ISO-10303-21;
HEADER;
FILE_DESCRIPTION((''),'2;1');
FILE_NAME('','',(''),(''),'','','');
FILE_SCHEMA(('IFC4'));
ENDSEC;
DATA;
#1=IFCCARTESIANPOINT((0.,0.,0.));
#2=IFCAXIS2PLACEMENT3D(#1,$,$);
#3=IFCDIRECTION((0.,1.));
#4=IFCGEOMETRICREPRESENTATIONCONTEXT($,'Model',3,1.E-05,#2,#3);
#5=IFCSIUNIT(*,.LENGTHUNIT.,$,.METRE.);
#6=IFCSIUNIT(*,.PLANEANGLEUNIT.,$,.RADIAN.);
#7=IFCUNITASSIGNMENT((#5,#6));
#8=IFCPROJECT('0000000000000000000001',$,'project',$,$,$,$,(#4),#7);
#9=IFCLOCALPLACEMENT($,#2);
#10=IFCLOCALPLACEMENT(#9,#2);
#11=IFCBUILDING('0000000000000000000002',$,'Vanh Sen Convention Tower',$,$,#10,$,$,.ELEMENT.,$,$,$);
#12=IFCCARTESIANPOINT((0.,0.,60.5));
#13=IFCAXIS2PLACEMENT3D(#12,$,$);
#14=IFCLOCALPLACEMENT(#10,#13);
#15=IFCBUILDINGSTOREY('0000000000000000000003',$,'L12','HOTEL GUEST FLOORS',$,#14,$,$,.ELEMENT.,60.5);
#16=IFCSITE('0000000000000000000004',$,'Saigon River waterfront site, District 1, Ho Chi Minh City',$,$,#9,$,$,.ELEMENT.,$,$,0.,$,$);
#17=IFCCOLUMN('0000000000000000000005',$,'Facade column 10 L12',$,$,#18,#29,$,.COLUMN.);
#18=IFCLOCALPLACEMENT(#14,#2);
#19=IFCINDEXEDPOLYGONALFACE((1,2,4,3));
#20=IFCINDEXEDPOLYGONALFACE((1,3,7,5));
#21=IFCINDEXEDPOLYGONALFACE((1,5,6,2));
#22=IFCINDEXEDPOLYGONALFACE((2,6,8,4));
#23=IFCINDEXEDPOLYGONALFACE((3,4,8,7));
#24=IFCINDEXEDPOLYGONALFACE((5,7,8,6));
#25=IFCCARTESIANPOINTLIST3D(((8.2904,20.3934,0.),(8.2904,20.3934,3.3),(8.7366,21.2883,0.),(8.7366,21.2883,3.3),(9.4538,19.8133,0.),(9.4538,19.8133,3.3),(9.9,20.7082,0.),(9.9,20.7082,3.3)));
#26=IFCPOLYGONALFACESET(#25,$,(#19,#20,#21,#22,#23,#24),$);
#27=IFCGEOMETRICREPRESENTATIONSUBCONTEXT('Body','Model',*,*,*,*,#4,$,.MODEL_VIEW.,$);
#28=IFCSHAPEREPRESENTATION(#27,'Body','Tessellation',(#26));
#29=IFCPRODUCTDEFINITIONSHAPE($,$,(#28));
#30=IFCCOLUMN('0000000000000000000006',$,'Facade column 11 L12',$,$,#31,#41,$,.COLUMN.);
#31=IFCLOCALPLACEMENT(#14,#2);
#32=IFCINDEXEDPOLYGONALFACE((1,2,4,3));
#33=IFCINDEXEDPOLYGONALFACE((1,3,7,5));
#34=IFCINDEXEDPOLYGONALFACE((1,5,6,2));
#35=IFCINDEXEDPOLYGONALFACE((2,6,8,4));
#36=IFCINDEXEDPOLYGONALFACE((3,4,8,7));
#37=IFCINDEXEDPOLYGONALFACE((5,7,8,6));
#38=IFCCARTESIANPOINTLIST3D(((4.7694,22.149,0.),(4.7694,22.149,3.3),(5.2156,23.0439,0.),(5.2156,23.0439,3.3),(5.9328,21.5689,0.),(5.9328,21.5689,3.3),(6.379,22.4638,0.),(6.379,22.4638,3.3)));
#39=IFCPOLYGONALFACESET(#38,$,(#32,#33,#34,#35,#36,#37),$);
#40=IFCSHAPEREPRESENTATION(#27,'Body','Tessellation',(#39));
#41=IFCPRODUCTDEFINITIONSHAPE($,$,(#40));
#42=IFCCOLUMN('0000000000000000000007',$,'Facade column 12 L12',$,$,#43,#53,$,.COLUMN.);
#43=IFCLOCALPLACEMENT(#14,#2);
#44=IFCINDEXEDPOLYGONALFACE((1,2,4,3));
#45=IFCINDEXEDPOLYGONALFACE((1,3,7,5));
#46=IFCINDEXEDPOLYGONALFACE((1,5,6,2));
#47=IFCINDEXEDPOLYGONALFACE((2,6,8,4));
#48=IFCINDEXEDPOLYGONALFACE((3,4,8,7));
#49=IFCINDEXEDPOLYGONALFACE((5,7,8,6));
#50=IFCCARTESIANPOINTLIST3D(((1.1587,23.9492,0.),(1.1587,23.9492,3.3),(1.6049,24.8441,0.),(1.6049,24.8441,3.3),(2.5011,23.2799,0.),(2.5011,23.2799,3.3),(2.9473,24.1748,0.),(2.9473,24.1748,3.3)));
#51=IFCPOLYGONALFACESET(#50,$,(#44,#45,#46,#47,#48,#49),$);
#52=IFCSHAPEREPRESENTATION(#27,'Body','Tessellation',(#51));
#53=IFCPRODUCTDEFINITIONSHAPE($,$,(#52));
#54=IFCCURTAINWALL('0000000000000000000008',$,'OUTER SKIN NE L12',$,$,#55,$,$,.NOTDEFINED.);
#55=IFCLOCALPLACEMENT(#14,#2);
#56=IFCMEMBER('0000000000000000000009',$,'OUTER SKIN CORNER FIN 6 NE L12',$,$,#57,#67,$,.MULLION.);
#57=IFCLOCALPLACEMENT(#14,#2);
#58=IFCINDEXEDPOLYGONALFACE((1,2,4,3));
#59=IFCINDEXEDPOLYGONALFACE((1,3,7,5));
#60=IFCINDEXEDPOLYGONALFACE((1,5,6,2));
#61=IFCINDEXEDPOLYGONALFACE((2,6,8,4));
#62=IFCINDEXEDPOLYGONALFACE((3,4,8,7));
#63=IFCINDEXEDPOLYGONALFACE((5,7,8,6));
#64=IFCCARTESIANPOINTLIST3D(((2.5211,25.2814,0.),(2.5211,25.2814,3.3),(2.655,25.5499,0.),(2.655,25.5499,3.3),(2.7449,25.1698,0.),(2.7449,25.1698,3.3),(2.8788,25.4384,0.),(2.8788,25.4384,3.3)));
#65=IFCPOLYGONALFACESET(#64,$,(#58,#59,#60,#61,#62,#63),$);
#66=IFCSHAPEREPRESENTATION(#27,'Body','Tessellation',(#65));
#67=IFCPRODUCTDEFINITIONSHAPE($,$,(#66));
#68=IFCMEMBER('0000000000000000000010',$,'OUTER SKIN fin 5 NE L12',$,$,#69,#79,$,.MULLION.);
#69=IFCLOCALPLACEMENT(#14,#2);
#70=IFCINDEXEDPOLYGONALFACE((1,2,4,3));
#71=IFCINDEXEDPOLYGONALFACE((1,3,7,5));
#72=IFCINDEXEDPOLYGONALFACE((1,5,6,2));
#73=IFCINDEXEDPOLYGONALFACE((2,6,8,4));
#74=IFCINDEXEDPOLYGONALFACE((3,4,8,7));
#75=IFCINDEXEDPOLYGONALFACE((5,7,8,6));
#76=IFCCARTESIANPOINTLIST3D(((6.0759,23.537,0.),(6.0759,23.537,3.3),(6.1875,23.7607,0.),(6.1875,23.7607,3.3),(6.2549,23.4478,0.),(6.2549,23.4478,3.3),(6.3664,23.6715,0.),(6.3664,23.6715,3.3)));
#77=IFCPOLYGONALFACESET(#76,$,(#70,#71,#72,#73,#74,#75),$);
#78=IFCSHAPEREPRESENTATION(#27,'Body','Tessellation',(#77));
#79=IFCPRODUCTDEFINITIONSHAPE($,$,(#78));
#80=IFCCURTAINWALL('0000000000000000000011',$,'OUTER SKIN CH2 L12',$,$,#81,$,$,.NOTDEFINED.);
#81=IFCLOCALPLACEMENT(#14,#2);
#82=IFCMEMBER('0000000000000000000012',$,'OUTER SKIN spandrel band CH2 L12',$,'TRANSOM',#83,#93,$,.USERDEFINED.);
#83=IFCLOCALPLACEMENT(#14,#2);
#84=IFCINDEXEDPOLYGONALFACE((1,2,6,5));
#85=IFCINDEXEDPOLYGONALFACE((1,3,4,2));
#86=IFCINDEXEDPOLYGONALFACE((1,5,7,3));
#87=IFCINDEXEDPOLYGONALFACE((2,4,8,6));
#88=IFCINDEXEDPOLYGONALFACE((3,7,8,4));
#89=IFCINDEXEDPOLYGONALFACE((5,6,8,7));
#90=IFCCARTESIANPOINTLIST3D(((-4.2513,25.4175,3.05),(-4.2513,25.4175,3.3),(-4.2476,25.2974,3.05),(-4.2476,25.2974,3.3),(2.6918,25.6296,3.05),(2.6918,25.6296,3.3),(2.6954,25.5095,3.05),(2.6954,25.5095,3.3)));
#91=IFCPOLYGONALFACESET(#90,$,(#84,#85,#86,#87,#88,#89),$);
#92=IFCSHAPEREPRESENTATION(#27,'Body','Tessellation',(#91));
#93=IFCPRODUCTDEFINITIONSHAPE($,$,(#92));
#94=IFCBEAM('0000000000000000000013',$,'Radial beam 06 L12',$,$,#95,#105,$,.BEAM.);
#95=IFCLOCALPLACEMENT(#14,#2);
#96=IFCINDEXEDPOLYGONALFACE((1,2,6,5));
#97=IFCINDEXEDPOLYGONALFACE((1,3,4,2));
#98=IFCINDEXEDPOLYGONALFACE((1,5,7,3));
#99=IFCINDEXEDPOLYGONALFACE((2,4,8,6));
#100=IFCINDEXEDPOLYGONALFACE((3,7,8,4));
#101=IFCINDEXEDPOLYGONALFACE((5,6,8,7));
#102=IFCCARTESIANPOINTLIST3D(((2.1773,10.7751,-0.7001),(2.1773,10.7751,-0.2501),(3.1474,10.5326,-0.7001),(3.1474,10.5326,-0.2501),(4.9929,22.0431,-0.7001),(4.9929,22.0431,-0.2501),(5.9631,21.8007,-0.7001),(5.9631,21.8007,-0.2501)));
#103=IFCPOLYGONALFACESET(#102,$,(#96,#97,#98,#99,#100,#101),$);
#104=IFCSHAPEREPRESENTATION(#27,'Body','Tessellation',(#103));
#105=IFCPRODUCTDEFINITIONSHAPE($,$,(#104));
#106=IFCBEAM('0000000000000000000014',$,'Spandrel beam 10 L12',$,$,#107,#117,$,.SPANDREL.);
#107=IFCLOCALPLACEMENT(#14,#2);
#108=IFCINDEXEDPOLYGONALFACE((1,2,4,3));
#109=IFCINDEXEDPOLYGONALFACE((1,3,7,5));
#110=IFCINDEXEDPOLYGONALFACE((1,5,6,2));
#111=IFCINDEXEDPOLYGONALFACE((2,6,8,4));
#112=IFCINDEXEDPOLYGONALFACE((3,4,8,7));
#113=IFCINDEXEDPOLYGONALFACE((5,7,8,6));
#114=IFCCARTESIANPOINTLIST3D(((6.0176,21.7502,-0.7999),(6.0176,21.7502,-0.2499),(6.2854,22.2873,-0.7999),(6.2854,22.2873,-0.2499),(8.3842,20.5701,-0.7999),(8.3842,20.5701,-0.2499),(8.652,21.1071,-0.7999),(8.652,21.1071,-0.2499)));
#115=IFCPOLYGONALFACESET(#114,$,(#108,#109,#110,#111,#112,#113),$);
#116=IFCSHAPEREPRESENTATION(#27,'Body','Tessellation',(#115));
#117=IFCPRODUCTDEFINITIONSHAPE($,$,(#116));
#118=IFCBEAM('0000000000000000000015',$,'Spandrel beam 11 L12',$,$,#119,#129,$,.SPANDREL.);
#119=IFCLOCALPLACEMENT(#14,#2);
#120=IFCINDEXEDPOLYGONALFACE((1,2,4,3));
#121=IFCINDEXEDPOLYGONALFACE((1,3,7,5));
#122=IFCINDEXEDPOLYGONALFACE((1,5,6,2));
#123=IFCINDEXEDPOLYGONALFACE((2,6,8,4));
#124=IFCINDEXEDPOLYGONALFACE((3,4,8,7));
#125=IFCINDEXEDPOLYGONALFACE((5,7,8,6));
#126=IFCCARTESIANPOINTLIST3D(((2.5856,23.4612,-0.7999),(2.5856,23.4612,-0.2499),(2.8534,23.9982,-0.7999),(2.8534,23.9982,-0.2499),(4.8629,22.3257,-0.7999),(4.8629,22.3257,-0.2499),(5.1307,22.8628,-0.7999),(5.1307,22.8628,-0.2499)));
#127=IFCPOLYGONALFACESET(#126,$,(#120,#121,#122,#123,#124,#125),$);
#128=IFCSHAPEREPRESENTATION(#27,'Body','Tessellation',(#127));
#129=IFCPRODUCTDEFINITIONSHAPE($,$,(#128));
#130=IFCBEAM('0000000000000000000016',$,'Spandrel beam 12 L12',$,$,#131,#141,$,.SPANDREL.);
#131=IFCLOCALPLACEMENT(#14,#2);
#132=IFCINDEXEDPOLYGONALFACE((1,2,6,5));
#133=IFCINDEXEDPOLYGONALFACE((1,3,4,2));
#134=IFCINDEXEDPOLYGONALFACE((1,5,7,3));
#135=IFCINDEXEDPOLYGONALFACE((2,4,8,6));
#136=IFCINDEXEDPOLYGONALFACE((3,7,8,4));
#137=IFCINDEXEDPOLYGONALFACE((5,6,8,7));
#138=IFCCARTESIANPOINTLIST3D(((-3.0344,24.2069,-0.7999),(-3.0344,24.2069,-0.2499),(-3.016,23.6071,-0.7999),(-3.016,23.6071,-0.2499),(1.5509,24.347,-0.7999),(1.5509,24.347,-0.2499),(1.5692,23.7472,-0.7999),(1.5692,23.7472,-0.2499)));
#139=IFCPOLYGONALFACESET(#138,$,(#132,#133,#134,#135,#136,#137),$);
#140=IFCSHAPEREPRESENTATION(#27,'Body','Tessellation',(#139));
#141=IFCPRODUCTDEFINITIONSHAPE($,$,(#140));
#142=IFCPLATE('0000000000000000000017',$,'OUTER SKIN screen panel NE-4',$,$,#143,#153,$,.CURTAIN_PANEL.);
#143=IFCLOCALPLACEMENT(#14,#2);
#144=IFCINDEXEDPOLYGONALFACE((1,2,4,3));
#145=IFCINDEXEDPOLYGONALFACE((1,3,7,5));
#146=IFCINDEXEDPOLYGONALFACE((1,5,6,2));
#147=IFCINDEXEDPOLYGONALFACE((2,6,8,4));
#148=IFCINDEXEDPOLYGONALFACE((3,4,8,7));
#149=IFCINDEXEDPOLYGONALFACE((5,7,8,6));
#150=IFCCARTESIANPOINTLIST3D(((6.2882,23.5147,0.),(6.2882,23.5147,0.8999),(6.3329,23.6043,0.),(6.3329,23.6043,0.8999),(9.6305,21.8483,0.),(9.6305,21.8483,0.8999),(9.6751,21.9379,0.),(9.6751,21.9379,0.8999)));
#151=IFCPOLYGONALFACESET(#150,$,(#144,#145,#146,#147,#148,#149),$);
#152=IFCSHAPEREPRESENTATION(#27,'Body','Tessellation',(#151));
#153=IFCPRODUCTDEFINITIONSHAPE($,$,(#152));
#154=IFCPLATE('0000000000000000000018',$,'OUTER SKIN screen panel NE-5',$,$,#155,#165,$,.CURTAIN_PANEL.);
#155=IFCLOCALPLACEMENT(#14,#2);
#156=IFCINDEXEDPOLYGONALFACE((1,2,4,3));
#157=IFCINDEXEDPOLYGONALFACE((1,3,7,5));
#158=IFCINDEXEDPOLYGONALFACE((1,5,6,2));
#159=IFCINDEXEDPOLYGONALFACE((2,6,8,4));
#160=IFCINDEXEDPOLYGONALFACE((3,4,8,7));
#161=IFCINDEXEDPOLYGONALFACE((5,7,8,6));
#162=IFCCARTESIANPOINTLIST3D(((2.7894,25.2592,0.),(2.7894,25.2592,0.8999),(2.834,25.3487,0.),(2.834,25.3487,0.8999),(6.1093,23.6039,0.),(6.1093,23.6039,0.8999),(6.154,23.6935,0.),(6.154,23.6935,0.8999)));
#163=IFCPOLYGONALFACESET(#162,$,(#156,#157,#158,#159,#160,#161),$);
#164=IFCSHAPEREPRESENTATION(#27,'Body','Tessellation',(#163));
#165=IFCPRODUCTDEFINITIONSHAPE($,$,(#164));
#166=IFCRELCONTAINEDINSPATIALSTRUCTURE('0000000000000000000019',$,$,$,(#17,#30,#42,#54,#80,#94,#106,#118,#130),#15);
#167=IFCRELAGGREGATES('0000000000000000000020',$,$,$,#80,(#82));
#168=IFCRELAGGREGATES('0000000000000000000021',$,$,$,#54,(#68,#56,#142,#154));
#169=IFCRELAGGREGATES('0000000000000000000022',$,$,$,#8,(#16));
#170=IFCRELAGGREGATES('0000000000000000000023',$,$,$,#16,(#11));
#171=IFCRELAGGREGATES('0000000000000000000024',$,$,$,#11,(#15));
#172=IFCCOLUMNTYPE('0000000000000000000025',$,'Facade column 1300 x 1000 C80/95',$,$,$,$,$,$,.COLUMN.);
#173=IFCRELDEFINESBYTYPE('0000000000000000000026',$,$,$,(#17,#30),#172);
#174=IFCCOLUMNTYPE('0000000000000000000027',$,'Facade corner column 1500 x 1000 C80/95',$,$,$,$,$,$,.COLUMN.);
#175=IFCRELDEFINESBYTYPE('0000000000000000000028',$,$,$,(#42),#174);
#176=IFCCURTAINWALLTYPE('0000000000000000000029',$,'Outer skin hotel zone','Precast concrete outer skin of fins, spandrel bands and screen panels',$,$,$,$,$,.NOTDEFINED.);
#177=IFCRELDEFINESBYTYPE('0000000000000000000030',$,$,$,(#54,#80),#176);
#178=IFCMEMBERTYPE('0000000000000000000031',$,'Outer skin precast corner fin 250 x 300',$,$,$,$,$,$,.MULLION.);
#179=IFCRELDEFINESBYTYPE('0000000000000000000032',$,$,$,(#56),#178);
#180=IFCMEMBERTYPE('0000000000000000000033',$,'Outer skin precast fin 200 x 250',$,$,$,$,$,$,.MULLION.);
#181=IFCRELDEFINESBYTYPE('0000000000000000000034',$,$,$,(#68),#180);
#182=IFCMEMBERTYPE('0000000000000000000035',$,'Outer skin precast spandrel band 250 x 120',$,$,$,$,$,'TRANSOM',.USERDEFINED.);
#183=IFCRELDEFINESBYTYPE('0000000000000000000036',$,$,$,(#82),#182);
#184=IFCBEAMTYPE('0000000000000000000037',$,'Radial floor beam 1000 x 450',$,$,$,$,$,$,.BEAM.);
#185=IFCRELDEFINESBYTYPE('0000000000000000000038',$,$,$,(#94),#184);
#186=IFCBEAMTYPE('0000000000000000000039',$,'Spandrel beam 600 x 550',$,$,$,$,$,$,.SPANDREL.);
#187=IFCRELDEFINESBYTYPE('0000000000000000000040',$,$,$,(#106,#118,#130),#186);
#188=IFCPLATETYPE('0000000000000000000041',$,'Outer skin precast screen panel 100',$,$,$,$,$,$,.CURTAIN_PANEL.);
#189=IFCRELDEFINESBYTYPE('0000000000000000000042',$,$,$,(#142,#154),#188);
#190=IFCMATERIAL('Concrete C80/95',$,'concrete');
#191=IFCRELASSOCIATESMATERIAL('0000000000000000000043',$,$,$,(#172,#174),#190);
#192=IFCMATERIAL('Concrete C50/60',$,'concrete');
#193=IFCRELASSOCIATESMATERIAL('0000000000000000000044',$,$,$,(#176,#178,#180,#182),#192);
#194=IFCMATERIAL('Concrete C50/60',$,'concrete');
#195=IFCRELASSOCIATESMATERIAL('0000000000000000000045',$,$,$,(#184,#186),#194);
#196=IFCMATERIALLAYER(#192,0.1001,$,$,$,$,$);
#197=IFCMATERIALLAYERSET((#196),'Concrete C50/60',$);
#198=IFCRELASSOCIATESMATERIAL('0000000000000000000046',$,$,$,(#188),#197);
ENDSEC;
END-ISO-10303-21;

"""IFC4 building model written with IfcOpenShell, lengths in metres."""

from ifc_helpers import new_model, si_unit, direction, frame, origin, origin_2d, place, context, subcontext, project, spatial, rectangle, extrude, material, layer, layer_set, material_profile, profile_set, type_object, element, aggregate, save


model = new_model("IFC4")

# Units and contexts
model_context = context("Model", 3, precision=1e-05, world=origin(), true_north=direction((0.0, 1.0)))
body_context = subcontext(model_context, "Body", "Model", "MODEL_VIEW")
ifc_project = project(units=[si_unit("LENGTHUNIT", "METRE"), si_unit("PLANEANGLEUNIT", "RADIAN")], contexts=[model_context])

# Site, building, storey
site_placement = place(None, origin())
site = spatial("IfcSite", under=ifc_project, at=site_placement, Name="Saigon River waterfront site, District 1, Ho Chi Minh City", CompositionType="ELEMENT", RefElevation=0.0)
building_placement = place(site_placement, origin())
building = spatial("IfcBuilding", under=site, at=building_placement, Name="Vanh Sen Convention Tower", CompositionType="ELEMENT")
storey_placement = place(building_placement, frame((0.0, 0.0, 60.5)))
storey = spatial("IfcBuildingStorey", under=building, at=storey_placement, Name="L12", Description="HOTEL GUEST FLOORS", CompositionType="ELEMENT", Elevation=60.5)

# Columns
ifc_material_1 = material(Name="Concrete C80/95", Category="concrete")
ifc_material_profile_1 = material_profile(ifc_material_1, rectangle(XDim=1.3, YDim=1.0, at=origin_2d()), Name="RC 1300X1000")
ifc_profile_set_1 = profile_set([ifc_material_profile_1], Name="Concrete C80/95")
column_type_1 = type_object("IfcColumnType", Name="Facade column 1300 x 1000 C80/95", PredefinedType="COLUMN", material=ifc_profile_set_1)
for number, where, z_axis, x_axis, name in (
    (1, (9.0952, 20.5508, 0.0), (0.0, 0.0, 1.0), (-0.894934, 0.446198, 0.0), "Facade column 10 L12"),
    (2, (5.5742, 22.3064, 0.0), (0.0, 0.0, 1.0), (-0.894934, 0.446198, 0.0), "Facade column 11 L12"),
):
    element("IfcColumn", number, at=place(storey_placement, frame(where, z_axis=z_axis, x_axis=x_axis)), inside=storey, type_object=column_type_1, Name=name, PredefinedType="COLUMN", context=body_context, shape_type="SweptSolid", body=[
        extrude(rectangle(XDim=1.3, YDim=1.0, at=origin_2d()), origin(), (0.0, 0.0, 1.0), 3.3),
    ])
ifc_material_profile_2 = material_profile(ifc_material_1, rectangle(XDim=1.5, YDim=1.0, at=origin_2d()), Name="RC 1500X1000")
ifc_profile_set_2 = profile_set([ifc_material_profile_2], Name="Concrete C80/95")
column_type_2 = type_object("IfcColumnType", Name="Facade corner column 1500 x 1000 C80/95", PredefinedType="COLUMN", material=ifc_profile_set_2)
column_placement = place(storey_placement, frame((2.053, 24.062, 0.0), z_axis=(0.0, 0.0, 1.0), x_axis=(-0.894934, 0.446198, 0.0)))
element("IfcColumn", 3, at=column_placement, inside=storey, type_object=column_type_2, Name="Facade column 12 L12", PredefinedType="COLUMN", context=body_context, shape_type="SweptSolid", body=[
    extrude(rectangle(XDim=1.5, YDim=1.0, at=origin_2d()), origin(), (0.0, 0.0, 1.0), 3.3),
])

# Curtain wall, members
ifc_material_2 = material(Name="Concrete C50/60", Category="concrete")
curtain_wall_type = type_object("IfcCurtainWallType", Name="Outer skin hotel zone", Description="Precast concrete outer skin of fins, spandrel bands and screen panels", PredefinedType="NOTDEFINED", material=ifc_material_2)
curtain_wall_1_placement = place(storey_placement, origin())
curtain_wall_1 = element("IfcCurtainWall", 4, at=curtain_wall_1_placement, inside=storey, type_object=curtain_wall_type, Name="OUTER SKIN NE L12", PredefinedType="NOTDEFINED")
ifc_material_profile_3 = material_profile(ifc_material_2, rectangle(XDim=0.25, YDim=0.3, at=origin_2d()), Name="Outer skin precast corner fin 250 x 300")
ifc_profile_set_3 = profile_set([ifc_material_profile_3], Name="Concrete C50/60")
member_type_1 = type_object("IfcMemberType", Name="Outer skin precast corner fin 250 x 300", PredefinedType="MULLION", material=ifc_profile_set_3)
member_1_placement = place(storey_placement, frame((2.7, 25.3599, 0.0), z_axis=(0.0, 0.0, 1.0), x_axis=(-0.894934, 0.446198, 0.0)))
member_1 = element("IfcMember", 5, at=member_1_placement, type_object=member_type_1, Name="OUTER SKIN CORNER FIN 6 NE L12", PredefinedType="MULLION", context=body_context, shape_type="SweptSolid", body=[
    extrude(rectangle(XDim=0.25, YDim=0.3, at=origin_2d()), origin(), (0.0, 0.0, 1.0), 3.3),
])
ifc_material_profile_4 = material_profile(ifc_material_2, rectangle(XDim=0.2, YDim=0.25, at=origin_2d()), Name="Outer skin precast fin 200 x 250")
ifc_profile_set_4 = profile_set([ifc_material_profile_4], Name="Concrete C50/60")
member_type_2 = type_object("IfcMemberType", Name="Outer skin precast fin 200 x 250", PredefinedType="MULLION", material=ifc_profile_set_4)
member_2_placement = place(storey_placement, frame((6.2212, 23.6042, 0.0), z_axis=(0.0, 0.0, 1.0), x_axis=(-0.894934, 0.446198, 0.0)))
member_2 = element("IfcMember", 6, at=member_2_placement, type_object=member_type_2, Name="OUTER SKIN fin 5 NE L12", PredefinedType="MULLION", context=body_context, shape_type="SweptSolid", body=[
    extrude(rectangle(XDim=0.2, YDim=0.25, at=origin_2d()), origin(), (0.0, 0.0, 1.0), 3.3),
])

# Curtain wall, member
curtain_wall_2_placement = place(storey_placement, origin())
curtain_wall_2 = element("IfcCurtainWall", 7, at=curtain_wall_2_placement, inside=storey, type_object=curtain_wall_type, Name="OUTER SKIN CH2 L12", PredefinedType="NOTDEFINED")
ifc_material_profile_5 = material_profile(ifc_material_2, rectangle(XDim=0.1201, YDim=0.25, at=origin_2d()), Name="Outer skin precast spandrel band 250 x 120")
ifc_profile_set_5 = profile_set([ifc_material_profile_5], Name="Concrete C50/60")
member_type_3 = type_object("IfcMemberType", Name="Outer skin precast spandrel band 250 x 120", ElementType="TRANSOM", PredefinedType="USERDEFINED", material=ifc_profile_set_5)
member_3_placement = place(storey_placement, frame((2.6936, 25.5696, 3.175), z_axis=(-0.999533, -0.030542, 0.0), x_axis=(0.030542, -0.999533, 0.0)))
member_3 = element("IfcMember", 8, at=member_3_placement, type_object=member_type_3, Name="OUTER SKIN spandrel band CH2 L12", ObjectType="TRANSOM", PredefinedType="USERDEFINED", context=body_context, shape_type="SweptSolid", body=[
    extrude(rectangle(XDim=0.1201, YDim=0.25, at=origin_2d()), origin(), (0.0, 0.0, 1.0), 6.9463),
])
aggregate(curtain_wall_2, [member_3])

# Beams
ifc_material_3 = material(Name="Concrete C50/60", Category="concrete")
ifc_material_profile_6 = material_profile(ifc_material_3, rectangle(XDim=1.0, YDim=0.45, at=origin_2d()), Name="RC 1000X450")
ifc_profile_set_6 = profile_set([ifc_material_profile_6], Name="Concrete C50/60")
beam_type_1 = type_object("IfcBeamType", Name="Radial floor beam 1000 x 450", PredefinedType="BEAM", material=ifc_profile_set_6)
beam_1_placement = place(storey_placement, frame((5.478, 21.9219, -0.4751), z_axis=(-0.242427, -0.97017, 0.0), x_axis=(0.97017, -0.242427, 0.0)))
element("IfcBeam", 9, at=beam_1_placement, inside=storey, type_object=beam_type_1, Name="Radial beam 06 L12", PredefinedType="BEAM", context=body_context, shape_type="SweptSolid", body=[
    extrude(rectangle(XDim=1.0, YDim=0.45, at=origin_2d()), origin(), (0.0, 0.0, 1.0), 11.6145),
])
ifc_material_profile_7 = material_profile(ifc_material_3, rectangle(XDim=0.6001, YDim=0.55, at=origin_2d()), Name="RC 600X550")
ifc_profile_set_7 = profile_set([ifc_material_profile_7], Name="Concrete C50/60")
beam_type_2 = type_object("IfcBeamType", Name="Spandrel beam 600 x 550", PredefinedType="SPANDREL", material=ifc_profile_set_7)
beam_2_placement = place(storey_placement, frame((8.5181, 20.8386, -0.5249), z_axis=(-0.894907, 0.446253, 0.0), x_axis=(-0.446253, -0.894907, 0.0)))
element("IfcBeam", 10, at=beam_2_placement, inside=storey, type_object=beam_type_2, Name="Spandrel beam 10 L12", PredefinedType="SPANDREL", context=body_context, shape_type="SweptSolid", body=[
    extrude(rectangle(XDim=0.6001, YDim=0.55, at=origin_2d()), origin(), (0.0, 0.0, 1.0), 2.6445),
])
beam_3_placement = place(storey_placement, frame((4.9968, 22.5942, -0.5249), z_axis=(-0.894926, 0.446216, 0.0), x_axis=(-0.446216, -0.894926, 0.0)))
element("IfcBeam", 11, at=beam_3_placement, inside=storey, type_object=beam_type_2, Name="Spandrel beam 11 L12", PredefinedType="SPANDREL", context=body_context, shape_type="SweptSolid", body=[
    extrude(rectangle(XDim=0.6001, YDim=0.55, at=origin_2d()), origin(), (0.0, 0.0, 1.0), 2.5447),
])
beam_4_placement = place(storey_placement, frame((1.5601, 24.0471, -0.5249), z_axis=(-0.999533, -0.030549, 0.0), x_axis=(0.030549, -0.999533, 0.0)))
element("IfcBeam", 12, at=beam_4_placement, inside=storey, type_object=beam_type_2, Name="Spandrel beam 12 L12", PredefinedType="SPANDREL", context=body_context, shape_type="SweptSolid", body=[
    extrude(rectangle(XDim=0.6001, YDim=0.55, at=origin_2d()), origin(), (0.0, 0.0, 1.0), 4.5874),
])

# Plates
ifc_layer_1 = layer(ifc_material_2, 0.1001)
ifc_layer_set_1 = layer_set([ifc_layer_1], Name="Concrete C50/60")
plate_type = type_object("IfcPlateType", Name="Outer skin precast screen panel 100", PredefinedType="CURTAIN_PANEL", material=ifc_layer_set_1)
plate_1_placement = place(storey_placement, frame((7.9817, 22.7263, 0.0), z_axis=(0.0, 0.0, 1.0), x_axis=(-0.894935, 0.446196, 0.0)))
plate_1 = element("IfcPlate", 13, at=plate_1_placement, type_object=plate_type, Name="OUTER SKIN screen panel NE-4", PredefinedType="CURTAIN_PANEL", context=body_context, shape_type="SweptSolid", body=[
    extrude(rectangle(XDim=3.7346, YDim=0.1001, at=origin_2d()), origin(), (0.0, 0.0, 1.0), 0.8999),
])
plate_2_placement = place(storey_placement, frame((4.4717, 24.4763, 0.0), z_axis=(0.0, 0.0, 1.0), x_axis=(-0.894935, 0.446196, 0.0)))
plate_2 = element("IfcPlate", 14, at=plate_2_placement, type_object=plate_type, Name="OUTER SKIN screen panel NE-5", PredefinedType="CURTAIN_PANEL", context=body_context, shape_type="SweptSolid", body=[
    extrude(rectangle(XDim=3.7097, YDim=0.1001, at=origin_2d()), origin(), (0.0, 0.0, 1.0), 0.8999),
])
aggregate(curtain_wall_1, [member_2, member_1, plate_1, plate_2])

save(model, "model.ifc")
